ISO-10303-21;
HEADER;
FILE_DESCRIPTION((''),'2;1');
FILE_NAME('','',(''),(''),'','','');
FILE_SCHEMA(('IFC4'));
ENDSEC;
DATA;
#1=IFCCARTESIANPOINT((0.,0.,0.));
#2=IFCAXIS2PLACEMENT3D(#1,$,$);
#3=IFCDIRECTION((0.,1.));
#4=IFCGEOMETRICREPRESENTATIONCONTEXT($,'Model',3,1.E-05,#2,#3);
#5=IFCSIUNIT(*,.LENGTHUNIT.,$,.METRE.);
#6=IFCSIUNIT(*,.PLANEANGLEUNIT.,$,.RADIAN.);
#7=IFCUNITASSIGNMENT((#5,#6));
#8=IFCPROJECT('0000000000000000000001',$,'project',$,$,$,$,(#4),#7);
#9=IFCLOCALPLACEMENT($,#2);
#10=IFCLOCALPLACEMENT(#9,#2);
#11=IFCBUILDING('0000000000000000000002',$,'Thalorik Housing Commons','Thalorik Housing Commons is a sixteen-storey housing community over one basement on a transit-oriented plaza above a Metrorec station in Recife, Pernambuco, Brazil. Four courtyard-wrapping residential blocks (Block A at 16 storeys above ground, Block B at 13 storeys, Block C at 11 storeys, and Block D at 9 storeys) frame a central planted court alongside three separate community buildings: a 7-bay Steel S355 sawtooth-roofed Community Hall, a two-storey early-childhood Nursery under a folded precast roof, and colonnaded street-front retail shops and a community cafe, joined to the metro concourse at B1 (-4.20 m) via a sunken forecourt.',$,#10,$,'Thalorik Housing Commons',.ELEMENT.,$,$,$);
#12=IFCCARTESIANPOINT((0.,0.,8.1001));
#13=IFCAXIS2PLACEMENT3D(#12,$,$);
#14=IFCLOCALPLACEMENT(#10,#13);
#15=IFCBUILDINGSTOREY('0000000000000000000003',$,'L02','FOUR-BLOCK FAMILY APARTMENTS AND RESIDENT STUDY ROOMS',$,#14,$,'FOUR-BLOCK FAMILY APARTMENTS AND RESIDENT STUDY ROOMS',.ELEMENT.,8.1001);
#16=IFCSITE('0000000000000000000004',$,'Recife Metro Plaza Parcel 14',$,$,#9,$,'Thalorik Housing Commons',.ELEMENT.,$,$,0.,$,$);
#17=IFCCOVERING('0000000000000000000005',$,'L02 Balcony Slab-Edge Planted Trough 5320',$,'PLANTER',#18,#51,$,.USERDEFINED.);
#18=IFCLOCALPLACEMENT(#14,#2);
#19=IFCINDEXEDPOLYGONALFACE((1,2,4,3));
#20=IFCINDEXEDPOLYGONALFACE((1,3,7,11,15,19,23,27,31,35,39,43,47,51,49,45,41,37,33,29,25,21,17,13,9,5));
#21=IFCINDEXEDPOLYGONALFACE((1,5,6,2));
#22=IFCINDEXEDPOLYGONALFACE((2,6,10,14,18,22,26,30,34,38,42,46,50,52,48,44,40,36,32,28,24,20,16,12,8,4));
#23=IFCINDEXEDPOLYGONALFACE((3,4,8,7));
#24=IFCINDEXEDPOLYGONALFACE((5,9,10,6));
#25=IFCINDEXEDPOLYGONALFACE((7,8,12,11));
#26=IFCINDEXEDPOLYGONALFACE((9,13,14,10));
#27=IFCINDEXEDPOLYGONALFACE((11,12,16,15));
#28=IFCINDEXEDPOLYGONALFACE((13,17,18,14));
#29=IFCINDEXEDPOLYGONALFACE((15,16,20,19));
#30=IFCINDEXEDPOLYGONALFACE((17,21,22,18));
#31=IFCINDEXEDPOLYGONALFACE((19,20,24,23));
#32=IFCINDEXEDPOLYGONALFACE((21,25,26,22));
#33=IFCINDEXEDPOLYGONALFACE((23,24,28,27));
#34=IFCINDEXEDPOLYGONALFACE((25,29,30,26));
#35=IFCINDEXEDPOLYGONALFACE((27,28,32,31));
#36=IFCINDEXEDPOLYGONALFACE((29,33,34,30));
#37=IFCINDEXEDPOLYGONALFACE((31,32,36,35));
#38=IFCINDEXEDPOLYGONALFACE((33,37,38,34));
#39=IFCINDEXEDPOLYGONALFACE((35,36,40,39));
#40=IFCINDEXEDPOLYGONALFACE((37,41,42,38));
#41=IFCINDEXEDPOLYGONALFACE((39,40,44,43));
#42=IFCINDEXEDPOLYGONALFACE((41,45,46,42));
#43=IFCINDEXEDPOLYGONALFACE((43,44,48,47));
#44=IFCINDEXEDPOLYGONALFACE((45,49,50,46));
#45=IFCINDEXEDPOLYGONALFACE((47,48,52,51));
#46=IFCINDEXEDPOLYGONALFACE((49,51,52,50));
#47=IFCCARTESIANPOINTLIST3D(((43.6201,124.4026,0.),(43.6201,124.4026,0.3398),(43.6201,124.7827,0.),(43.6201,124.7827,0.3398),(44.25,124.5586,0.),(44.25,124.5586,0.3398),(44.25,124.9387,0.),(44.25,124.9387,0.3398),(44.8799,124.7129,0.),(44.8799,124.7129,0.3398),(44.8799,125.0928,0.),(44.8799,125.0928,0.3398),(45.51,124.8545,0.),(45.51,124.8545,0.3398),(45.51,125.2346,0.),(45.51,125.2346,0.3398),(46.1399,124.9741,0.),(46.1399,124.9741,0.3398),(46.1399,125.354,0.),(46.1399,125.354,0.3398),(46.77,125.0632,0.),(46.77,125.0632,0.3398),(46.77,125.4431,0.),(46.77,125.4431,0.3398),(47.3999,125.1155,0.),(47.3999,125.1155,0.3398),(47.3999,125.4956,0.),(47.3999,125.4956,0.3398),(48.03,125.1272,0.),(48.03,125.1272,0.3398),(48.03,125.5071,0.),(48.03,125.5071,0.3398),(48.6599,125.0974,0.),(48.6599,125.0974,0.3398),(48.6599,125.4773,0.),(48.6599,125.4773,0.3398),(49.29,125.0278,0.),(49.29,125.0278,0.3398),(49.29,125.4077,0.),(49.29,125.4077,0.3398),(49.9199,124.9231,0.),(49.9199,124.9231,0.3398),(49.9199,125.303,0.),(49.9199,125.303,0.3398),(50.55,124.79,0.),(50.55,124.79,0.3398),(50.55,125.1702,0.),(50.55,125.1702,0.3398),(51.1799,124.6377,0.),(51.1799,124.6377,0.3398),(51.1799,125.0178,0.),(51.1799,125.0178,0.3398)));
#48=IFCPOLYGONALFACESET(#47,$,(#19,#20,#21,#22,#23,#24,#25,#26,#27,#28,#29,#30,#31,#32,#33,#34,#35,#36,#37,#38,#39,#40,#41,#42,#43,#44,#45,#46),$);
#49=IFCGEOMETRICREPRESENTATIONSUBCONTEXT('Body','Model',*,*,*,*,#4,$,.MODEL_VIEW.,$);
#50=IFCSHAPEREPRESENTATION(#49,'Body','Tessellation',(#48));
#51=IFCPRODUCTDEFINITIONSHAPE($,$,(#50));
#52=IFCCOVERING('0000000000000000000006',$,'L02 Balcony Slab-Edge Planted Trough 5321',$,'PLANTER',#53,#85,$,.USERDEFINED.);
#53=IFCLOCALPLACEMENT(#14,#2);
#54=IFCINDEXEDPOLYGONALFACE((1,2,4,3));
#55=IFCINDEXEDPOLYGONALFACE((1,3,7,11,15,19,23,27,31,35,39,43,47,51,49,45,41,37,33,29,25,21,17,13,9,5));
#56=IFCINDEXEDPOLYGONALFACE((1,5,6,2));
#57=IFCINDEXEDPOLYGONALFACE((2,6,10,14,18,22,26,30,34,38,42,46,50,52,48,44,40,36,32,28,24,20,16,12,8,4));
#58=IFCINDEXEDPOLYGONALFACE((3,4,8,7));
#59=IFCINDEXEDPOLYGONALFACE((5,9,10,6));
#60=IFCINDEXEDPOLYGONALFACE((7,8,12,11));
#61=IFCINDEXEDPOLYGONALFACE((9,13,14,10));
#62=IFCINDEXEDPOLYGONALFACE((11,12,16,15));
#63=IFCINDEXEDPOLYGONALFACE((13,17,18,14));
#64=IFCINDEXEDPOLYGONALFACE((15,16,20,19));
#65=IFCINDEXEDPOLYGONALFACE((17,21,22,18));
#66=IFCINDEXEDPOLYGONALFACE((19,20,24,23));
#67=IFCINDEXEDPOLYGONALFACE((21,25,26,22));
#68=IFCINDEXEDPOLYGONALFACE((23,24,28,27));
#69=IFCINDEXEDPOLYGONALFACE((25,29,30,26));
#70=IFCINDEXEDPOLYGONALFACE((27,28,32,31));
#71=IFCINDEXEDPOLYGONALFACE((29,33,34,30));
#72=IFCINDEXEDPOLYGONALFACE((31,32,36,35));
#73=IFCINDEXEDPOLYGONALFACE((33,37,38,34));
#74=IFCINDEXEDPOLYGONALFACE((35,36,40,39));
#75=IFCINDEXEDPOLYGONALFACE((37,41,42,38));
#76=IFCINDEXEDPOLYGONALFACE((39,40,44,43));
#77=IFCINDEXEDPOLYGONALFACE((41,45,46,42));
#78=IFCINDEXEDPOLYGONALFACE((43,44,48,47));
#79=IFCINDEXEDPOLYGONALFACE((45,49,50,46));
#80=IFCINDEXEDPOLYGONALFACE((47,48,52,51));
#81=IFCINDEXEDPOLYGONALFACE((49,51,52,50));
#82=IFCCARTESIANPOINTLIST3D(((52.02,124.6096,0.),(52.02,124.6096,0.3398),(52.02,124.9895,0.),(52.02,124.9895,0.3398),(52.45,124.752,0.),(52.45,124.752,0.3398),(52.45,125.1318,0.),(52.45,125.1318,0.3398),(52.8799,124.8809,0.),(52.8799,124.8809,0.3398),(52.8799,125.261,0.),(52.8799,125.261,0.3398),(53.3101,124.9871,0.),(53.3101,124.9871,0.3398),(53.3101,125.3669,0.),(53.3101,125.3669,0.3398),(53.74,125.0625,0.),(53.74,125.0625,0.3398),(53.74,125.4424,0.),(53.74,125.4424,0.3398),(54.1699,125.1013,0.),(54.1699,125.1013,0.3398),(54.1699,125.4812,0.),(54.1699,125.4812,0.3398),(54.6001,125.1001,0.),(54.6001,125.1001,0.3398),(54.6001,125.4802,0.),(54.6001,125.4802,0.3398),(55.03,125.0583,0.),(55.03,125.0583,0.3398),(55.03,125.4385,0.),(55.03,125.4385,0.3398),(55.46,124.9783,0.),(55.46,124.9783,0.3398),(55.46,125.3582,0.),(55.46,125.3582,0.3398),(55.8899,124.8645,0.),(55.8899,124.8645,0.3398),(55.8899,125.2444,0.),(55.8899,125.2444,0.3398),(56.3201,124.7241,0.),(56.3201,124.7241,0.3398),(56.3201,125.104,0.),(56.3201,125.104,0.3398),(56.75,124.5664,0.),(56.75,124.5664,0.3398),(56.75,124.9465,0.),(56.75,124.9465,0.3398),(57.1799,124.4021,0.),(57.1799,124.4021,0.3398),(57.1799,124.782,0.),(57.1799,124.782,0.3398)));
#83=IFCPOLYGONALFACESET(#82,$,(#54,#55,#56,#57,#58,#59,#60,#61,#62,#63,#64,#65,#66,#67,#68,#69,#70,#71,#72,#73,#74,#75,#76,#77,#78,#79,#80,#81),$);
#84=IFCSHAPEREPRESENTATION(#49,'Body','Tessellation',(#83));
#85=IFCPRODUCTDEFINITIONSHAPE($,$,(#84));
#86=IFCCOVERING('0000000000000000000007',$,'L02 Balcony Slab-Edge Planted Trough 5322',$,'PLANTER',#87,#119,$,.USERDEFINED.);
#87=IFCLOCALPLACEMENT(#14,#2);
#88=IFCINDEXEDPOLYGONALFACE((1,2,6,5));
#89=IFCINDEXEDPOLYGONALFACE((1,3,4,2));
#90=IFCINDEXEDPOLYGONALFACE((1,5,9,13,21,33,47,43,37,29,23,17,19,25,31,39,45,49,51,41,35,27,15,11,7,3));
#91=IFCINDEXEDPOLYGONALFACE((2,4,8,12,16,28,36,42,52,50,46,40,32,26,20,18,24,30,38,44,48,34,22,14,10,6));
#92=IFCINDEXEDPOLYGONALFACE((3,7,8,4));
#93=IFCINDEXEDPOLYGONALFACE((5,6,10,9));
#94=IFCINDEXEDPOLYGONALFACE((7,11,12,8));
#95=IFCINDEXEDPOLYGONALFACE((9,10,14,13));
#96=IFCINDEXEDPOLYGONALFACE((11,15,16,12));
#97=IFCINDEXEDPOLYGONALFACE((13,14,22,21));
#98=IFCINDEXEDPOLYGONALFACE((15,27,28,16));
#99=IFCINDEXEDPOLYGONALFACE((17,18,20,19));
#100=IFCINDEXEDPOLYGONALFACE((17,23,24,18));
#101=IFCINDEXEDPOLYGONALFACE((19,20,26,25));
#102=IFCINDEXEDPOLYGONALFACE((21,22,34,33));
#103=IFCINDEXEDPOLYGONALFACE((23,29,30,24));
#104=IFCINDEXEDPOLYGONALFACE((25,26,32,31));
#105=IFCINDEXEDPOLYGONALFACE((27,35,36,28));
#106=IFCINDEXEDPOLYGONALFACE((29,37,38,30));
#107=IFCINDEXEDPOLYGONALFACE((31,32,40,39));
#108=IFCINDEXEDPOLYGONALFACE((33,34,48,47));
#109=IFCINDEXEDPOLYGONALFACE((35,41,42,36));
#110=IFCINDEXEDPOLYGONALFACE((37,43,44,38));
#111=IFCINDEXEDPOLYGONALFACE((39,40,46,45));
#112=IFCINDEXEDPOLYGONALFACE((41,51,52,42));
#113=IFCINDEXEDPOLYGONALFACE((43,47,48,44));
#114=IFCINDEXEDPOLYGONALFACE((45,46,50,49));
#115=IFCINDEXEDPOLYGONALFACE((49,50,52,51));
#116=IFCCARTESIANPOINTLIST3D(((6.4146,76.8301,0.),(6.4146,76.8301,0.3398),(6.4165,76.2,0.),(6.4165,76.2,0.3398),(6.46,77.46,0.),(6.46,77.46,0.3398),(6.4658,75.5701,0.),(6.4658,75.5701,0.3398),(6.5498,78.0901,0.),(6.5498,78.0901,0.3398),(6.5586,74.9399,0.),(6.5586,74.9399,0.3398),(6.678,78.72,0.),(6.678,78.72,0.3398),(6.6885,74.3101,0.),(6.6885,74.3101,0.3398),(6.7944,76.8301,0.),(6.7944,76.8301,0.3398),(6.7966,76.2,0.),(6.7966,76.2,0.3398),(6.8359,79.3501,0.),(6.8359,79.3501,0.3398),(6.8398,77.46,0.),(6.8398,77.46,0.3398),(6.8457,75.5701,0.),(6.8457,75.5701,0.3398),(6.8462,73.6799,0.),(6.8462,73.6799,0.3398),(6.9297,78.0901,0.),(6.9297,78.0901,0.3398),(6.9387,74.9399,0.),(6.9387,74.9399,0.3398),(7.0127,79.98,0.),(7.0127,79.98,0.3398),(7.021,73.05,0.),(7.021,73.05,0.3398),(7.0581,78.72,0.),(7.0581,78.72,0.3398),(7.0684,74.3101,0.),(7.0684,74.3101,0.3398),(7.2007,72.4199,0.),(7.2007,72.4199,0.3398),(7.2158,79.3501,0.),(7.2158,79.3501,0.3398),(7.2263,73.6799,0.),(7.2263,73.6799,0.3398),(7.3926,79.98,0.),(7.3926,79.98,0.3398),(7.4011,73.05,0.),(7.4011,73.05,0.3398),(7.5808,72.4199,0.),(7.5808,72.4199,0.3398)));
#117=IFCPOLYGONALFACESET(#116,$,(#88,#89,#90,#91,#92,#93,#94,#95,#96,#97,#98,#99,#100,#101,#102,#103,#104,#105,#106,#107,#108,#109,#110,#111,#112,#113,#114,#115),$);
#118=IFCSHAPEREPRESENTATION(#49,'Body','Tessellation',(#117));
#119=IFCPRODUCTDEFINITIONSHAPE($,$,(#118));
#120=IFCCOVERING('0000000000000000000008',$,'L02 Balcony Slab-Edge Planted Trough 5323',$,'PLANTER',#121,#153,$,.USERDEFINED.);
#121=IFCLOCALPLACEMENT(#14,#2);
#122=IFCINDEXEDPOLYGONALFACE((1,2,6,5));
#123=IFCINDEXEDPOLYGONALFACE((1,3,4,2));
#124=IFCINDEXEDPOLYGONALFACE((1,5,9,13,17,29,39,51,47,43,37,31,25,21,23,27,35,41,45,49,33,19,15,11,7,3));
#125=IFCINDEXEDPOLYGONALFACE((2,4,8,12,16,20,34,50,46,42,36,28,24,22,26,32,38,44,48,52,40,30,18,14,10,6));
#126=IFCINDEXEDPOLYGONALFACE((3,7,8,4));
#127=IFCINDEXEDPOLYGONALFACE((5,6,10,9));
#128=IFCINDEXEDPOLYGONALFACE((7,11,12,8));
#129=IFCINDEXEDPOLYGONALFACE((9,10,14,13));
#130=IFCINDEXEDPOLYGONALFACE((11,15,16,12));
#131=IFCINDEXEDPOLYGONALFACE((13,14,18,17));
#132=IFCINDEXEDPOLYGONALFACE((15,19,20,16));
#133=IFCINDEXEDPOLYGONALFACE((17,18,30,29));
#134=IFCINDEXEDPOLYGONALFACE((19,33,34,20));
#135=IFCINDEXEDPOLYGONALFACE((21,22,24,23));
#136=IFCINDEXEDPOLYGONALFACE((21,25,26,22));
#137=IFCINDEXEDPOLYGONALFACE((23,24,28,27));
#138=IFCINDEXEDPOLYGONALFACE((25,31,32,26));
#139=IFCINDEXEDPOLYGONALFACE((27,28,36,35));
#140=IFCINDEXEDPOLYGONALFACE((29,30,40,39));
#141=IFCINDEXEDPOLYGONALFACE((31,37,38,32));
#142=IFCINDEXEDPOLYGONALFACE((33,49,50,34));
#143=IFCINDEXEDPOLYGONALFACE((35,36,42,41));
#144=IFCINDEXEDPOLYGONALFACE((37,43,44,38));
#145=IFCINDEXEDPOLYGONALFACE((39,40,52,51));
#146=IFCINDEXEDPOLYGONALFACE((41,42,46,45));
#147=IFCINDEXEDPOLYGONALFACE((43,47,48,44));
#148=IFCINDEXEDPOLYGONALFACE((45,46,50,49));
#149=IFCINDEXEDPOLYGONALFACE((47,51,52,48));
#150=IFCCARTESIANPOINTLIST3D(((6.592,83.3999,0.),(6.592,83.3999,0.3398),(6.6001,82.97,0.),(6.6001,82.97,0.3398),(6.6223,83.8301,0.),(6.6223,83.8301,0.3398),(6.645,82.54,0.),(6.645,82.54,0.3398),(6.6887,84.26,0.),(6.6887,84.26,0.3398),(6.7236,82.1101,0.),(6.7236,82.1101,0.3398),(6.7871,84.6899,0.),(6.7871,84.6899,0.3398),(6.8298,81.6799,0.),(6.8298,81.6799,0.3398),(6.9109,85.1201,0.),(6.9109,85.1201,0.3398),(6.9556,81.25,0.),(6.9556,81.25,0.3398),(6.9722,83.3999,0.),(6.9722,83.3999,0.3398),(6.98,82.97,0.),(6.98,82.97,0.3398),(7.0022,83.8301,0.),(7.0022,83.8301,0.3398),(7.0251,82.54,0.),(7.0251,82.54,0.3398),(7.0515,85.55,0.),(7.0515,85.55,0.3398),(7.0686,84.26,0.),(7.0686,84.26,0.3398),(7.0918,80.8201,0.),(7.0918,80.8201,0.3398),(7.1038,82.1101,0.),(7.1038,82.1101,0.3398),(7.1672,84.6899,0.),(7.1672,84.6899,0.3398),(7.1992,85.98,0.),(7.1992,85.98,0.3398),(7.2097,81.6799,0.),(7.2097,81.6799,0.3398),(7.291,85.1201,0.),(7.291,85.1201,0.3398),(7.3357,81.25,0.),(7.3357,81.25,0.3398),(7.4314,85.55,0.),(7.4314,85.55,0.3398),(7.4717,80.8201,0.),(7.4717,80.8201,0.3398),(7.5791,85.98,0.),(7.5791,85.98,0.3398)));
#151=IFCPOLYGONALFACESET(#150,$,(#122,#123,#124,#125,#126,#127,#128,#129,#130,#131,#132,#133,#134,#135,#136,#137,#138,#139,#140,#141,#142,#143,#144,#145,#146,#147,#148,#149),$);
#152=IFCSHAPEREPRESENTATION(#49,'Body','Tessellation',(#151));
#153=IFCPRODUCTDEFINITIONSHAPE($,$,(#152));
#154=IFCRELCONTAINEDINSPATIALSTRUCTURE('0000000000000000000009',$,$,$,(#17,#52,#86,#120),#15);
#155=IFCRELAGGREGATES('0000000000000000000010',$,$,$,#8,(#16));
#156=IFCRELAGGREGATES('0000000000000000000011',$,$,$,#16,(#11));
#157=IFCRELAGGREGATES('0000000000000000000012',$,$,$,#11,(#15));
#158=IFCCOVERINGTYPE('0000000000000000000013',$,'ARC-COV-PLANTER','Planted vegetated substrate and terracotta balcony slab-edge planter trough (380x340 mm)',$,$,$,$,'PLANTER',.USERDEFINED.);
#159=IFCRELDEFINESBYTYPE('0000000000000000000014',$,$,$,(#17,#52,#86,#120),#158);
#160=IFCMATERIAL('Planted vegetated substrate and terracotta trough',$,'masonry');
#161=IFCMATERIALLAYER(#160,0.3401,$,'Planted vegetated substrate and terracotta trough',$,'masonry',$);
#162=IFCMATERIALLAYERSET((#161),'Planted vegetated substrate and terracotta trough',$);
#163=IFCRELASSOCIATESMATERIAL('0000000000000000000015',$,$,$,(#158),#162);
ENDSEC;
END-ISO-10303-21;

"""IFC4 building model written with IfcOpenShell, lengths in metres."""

from ifc_helpers import new_model, si_unit, direction, frame, origin, place, context, subcontext, project, spatial, polyline, outline, extrude, material, layer, layer_set, type_object, element, save


model = new_model("IFC4")

# Units and contexts
model_context = context("Model", 3, precision=1e-05, world=origin(), true_north=direction((0.0, 1.0)))
body_context = subcontext(model_context, "Body", "Model", "MODEL_VIEW")
ifc_project = project(units=[si_unit("LENGTHUNIT", "METRE"), si_unit("PLANEANGLEUNIT", "RADIAN")], contexts=[model_context])

# Site, building, storey
site_placement = place(None, origin())
site = spatial("IfcSite", under=ifc_project, at=site_placement, Name="Recife Metro Plaza Parcel 14", LongName="Thalorik Housing Commons", CompositionType="ELEMENT", RefElevation=0.0)
building_placement = place(site_placement, origin())
building = spatial("IfcBuilding", under=site, at=building_placement, Name="Thalorik Housing Commons", Description="Thalorik Housing Commons is a sixteen-storey housing community over one basement on a transit-oriented plaza above a Metrorec station in Recife, Pernambuco, Brazil. Four courtyard-wrapping residential blocks (Block A at 16 storeys above ground, Block B at 13 storeys, Block C at 11 storeys, and Block D at 9 storeys) frame a central planted court alongside three separate community buildings: a 7-bay Steel S355 sawtooth-roofed Community Hall, a two-storey early-childhood Nursery under a folded precast roof, and colonnaded street-front retail shops and a community cafe, joined to the metro concourse at B1 (-4.20 m) via a sunken forecourt.", LongName="Thalorik Housing Commons", CompositionType="ELEMENT")
storey_placement = place(building_placement, frame((0.0, 0.0, 8.1001)))
storey = spatial("IfcBuildingStorey", under=building, at=storey_placement, Name="L02", Description="FOUR-BLOCK FAMILY APARTMENTS AND RESIDENT STUDY ROOMS", LongName="FOUR-BLOCK FAMILY APARTMENTS AND RESIDENT STUDY ROOMS", CompositionType="ELEMENT", Elevation=8.1001)

# Coverings
ifc_material_1 = material(Name="Planted vegetated substrate and terracotta trough", Category="masonry")
ifc_layer_1 = layer(ifc_material_1, 0.3401, Name="Planted vegetated substrate and terracotta trough", Category="masonry")
ifc_layer_set_1 = layer_set([ifc_layer_1], Name="Planted vegetated substrate and terracotta trough")
covering_type_1 = type_object("IfcCoveringType", Name="ARC-COV-PLANTER", Description="Planted vegetated substrate and terracotta balcony slab-edge planter trough (380x340 mm)", ElementType="PLANTER", PredefinedType="USERDEFINED", material=ifc_layer_set_1)
covering_1_placement = place(storey_placement, origin())
element("IfcCovering", 1, at=covering_1_placement, inside=storey, type_object=covering_type_1, Name="L02 Balcony Slab-Edge Planted Trough 5320", ObjectType="PLANTER", PredefinedType="USERDEFINED", context=body_context, shape_type="SweptSolid", body=[
    extrude(outline(polyline([(51.1799, 125.0178), (50.55, 125.1702), (49.9199, 125.303), (49.29, 125.4077), (48.6599, 125.4773), (48.03, 125.5071), (47.3999, 125.4956), (46.77, 125.4431), (46.1399, 125.354), (45.51, 125.2346), (44.8799, 125.0928), (44.25, 124.9387), (43.6201, 124.7827), (43.6201, 124.4026), (44.25, 124.5586), (44.8799, 124.7129), (45.51, 124.8545), (46.1399, 124.9741), (46.77, 125.0632), (47.3999, 125.1155), (48.03, 125.1272), (48.6599, 125.0974), (49.29, 125.0278), (49.9199, 124.9231), (50.55, 124.79), (51.1799, 124.6377), (51.1799, 125.0178)])), origin(), (0.0, 0.0, 1.0), 0.3398),
])
covering_2_placement = place(storey_placement, origin())
element("IfcCovering", 2, at=covering_2_placement, inside=storey, type_object=covering_type_1, Name="L02 Balcony Slab-Edge Planted Trough 5321", ObjectType="PLANTER", PredefinedType="USERDEFINED", context=body_context, shape_type="SweptSolid", body=[
    extrude(outline(polyline([(57.1799, 124.782), (56.75, 124.9465), (56.3201, 125.104), (55.8899, 125.2444), (55.46, 125.3582), (55.03, 125.4385), (54.6001, 125.4802), (54.1699, 125.4812), (53.74, 125.4424), (53.3101, 125.3669), (52.8799, 125.261), (52.45, 125.1318), (52.02, 124.9895), (52.02, 124.6096), (52.45, 124.752), (52.8799, 124.8809), (53.3101, 124.9871), (53.74, 125.0625), (54.1699, 125.1013), (54.6001, 125.1001), (55.03, 125.0583), (55.46, 124.9783), (55.8899, 124.8645), (56.3201, 124.7241), (56.75, 124.5664), (57.1799, 124.4021), (57.1799, 124.782)])), origin(), (0.0, 0.0, 1.0), 0.3398),
])
covering_3_placement = place(storey_placement, origin())
element("IfcCovering", 3, at=covering_3_placement, inside=storey, type_object=covering_type_1, Name="L02 Balcony Slab-Edge Planted Trough 5322", ObjectType="PLANTER", PredefinedType="USERDEFINED", context=body_context, shape_type="SweptSolid", body=[
    extrude(outline(polyline([(7.0127, 79.98), (6.8359, 79.3501), (6.678, 78.72), (6.5498, 78.0901), (6.46, 77.46), (6.4146, 76.8301), (6.4165, 76.2), (6.4658, 75.5701), (6.5586, 74.9399), (6.6885, 74.3101), (6.8462, 73.6799), (7.021, 73.05), (7.2007, 72.4199), (7.5808, 72.4199), (7.4011, 73.05), (7.2263, 73.6799), (7.0684, 74.3101), (6.9387, 74.9399), (6.8457, 75.5701), (6.7966, 76.2), (6.7944, 76.8301), (6.8398, 77.46), (6.9297, 78.0901), (7.0581, 78.72), (7.2158, 79.3501), (7.3926, 79.98), (7.0127, 79.98)])), origin(), (0.0, 0.0, 1.0), 0.3398),
])
covering_4_placement = place(storey_placement, origin())
element("IfcCovering", 4, at=covering_4_placement, inside=storey, type_object=covering_type_1, Name="L02 Balcony Slab-Edge Planted Trough 5323", ObjectType="PLANTER", PredefinedType="USERDEFINED", context=body_context, shape_type="SweptSolid", body=[
    extrude(outline(polyline([(7.1992, 85.98), (7.0515, 85.55), (6.9109, 85.1201), (6.7871, 84.6899), (6.6887, 84.26), (6.6223, 83.8301), (6.592, 83.3999), (6.6001, 82.97), (6.645, 82.54), (6.7236, 82.1101), (6.8298, 81.6799), (6.9556, 81.25), (7.0918, 80.8201), (7.4717, 80.8201), (7.3357, 81.25), (7.2097, 81.6799), (7.1038, 82.1101), (7.0251, 82.54), (6.98, 82.97), (6.9722, 83.3999), (7.0022, 83.8301), (7.0686, 84.26), (7.1672, 84.6899), (7.291, 85.1201), (7.4314, 85.55), (7.5791, 85.98), (7.1992, 85.98)])), origin(), (0.0, 0.0, 1.0), 0.3398),
])

save(model, "model.ifc")
